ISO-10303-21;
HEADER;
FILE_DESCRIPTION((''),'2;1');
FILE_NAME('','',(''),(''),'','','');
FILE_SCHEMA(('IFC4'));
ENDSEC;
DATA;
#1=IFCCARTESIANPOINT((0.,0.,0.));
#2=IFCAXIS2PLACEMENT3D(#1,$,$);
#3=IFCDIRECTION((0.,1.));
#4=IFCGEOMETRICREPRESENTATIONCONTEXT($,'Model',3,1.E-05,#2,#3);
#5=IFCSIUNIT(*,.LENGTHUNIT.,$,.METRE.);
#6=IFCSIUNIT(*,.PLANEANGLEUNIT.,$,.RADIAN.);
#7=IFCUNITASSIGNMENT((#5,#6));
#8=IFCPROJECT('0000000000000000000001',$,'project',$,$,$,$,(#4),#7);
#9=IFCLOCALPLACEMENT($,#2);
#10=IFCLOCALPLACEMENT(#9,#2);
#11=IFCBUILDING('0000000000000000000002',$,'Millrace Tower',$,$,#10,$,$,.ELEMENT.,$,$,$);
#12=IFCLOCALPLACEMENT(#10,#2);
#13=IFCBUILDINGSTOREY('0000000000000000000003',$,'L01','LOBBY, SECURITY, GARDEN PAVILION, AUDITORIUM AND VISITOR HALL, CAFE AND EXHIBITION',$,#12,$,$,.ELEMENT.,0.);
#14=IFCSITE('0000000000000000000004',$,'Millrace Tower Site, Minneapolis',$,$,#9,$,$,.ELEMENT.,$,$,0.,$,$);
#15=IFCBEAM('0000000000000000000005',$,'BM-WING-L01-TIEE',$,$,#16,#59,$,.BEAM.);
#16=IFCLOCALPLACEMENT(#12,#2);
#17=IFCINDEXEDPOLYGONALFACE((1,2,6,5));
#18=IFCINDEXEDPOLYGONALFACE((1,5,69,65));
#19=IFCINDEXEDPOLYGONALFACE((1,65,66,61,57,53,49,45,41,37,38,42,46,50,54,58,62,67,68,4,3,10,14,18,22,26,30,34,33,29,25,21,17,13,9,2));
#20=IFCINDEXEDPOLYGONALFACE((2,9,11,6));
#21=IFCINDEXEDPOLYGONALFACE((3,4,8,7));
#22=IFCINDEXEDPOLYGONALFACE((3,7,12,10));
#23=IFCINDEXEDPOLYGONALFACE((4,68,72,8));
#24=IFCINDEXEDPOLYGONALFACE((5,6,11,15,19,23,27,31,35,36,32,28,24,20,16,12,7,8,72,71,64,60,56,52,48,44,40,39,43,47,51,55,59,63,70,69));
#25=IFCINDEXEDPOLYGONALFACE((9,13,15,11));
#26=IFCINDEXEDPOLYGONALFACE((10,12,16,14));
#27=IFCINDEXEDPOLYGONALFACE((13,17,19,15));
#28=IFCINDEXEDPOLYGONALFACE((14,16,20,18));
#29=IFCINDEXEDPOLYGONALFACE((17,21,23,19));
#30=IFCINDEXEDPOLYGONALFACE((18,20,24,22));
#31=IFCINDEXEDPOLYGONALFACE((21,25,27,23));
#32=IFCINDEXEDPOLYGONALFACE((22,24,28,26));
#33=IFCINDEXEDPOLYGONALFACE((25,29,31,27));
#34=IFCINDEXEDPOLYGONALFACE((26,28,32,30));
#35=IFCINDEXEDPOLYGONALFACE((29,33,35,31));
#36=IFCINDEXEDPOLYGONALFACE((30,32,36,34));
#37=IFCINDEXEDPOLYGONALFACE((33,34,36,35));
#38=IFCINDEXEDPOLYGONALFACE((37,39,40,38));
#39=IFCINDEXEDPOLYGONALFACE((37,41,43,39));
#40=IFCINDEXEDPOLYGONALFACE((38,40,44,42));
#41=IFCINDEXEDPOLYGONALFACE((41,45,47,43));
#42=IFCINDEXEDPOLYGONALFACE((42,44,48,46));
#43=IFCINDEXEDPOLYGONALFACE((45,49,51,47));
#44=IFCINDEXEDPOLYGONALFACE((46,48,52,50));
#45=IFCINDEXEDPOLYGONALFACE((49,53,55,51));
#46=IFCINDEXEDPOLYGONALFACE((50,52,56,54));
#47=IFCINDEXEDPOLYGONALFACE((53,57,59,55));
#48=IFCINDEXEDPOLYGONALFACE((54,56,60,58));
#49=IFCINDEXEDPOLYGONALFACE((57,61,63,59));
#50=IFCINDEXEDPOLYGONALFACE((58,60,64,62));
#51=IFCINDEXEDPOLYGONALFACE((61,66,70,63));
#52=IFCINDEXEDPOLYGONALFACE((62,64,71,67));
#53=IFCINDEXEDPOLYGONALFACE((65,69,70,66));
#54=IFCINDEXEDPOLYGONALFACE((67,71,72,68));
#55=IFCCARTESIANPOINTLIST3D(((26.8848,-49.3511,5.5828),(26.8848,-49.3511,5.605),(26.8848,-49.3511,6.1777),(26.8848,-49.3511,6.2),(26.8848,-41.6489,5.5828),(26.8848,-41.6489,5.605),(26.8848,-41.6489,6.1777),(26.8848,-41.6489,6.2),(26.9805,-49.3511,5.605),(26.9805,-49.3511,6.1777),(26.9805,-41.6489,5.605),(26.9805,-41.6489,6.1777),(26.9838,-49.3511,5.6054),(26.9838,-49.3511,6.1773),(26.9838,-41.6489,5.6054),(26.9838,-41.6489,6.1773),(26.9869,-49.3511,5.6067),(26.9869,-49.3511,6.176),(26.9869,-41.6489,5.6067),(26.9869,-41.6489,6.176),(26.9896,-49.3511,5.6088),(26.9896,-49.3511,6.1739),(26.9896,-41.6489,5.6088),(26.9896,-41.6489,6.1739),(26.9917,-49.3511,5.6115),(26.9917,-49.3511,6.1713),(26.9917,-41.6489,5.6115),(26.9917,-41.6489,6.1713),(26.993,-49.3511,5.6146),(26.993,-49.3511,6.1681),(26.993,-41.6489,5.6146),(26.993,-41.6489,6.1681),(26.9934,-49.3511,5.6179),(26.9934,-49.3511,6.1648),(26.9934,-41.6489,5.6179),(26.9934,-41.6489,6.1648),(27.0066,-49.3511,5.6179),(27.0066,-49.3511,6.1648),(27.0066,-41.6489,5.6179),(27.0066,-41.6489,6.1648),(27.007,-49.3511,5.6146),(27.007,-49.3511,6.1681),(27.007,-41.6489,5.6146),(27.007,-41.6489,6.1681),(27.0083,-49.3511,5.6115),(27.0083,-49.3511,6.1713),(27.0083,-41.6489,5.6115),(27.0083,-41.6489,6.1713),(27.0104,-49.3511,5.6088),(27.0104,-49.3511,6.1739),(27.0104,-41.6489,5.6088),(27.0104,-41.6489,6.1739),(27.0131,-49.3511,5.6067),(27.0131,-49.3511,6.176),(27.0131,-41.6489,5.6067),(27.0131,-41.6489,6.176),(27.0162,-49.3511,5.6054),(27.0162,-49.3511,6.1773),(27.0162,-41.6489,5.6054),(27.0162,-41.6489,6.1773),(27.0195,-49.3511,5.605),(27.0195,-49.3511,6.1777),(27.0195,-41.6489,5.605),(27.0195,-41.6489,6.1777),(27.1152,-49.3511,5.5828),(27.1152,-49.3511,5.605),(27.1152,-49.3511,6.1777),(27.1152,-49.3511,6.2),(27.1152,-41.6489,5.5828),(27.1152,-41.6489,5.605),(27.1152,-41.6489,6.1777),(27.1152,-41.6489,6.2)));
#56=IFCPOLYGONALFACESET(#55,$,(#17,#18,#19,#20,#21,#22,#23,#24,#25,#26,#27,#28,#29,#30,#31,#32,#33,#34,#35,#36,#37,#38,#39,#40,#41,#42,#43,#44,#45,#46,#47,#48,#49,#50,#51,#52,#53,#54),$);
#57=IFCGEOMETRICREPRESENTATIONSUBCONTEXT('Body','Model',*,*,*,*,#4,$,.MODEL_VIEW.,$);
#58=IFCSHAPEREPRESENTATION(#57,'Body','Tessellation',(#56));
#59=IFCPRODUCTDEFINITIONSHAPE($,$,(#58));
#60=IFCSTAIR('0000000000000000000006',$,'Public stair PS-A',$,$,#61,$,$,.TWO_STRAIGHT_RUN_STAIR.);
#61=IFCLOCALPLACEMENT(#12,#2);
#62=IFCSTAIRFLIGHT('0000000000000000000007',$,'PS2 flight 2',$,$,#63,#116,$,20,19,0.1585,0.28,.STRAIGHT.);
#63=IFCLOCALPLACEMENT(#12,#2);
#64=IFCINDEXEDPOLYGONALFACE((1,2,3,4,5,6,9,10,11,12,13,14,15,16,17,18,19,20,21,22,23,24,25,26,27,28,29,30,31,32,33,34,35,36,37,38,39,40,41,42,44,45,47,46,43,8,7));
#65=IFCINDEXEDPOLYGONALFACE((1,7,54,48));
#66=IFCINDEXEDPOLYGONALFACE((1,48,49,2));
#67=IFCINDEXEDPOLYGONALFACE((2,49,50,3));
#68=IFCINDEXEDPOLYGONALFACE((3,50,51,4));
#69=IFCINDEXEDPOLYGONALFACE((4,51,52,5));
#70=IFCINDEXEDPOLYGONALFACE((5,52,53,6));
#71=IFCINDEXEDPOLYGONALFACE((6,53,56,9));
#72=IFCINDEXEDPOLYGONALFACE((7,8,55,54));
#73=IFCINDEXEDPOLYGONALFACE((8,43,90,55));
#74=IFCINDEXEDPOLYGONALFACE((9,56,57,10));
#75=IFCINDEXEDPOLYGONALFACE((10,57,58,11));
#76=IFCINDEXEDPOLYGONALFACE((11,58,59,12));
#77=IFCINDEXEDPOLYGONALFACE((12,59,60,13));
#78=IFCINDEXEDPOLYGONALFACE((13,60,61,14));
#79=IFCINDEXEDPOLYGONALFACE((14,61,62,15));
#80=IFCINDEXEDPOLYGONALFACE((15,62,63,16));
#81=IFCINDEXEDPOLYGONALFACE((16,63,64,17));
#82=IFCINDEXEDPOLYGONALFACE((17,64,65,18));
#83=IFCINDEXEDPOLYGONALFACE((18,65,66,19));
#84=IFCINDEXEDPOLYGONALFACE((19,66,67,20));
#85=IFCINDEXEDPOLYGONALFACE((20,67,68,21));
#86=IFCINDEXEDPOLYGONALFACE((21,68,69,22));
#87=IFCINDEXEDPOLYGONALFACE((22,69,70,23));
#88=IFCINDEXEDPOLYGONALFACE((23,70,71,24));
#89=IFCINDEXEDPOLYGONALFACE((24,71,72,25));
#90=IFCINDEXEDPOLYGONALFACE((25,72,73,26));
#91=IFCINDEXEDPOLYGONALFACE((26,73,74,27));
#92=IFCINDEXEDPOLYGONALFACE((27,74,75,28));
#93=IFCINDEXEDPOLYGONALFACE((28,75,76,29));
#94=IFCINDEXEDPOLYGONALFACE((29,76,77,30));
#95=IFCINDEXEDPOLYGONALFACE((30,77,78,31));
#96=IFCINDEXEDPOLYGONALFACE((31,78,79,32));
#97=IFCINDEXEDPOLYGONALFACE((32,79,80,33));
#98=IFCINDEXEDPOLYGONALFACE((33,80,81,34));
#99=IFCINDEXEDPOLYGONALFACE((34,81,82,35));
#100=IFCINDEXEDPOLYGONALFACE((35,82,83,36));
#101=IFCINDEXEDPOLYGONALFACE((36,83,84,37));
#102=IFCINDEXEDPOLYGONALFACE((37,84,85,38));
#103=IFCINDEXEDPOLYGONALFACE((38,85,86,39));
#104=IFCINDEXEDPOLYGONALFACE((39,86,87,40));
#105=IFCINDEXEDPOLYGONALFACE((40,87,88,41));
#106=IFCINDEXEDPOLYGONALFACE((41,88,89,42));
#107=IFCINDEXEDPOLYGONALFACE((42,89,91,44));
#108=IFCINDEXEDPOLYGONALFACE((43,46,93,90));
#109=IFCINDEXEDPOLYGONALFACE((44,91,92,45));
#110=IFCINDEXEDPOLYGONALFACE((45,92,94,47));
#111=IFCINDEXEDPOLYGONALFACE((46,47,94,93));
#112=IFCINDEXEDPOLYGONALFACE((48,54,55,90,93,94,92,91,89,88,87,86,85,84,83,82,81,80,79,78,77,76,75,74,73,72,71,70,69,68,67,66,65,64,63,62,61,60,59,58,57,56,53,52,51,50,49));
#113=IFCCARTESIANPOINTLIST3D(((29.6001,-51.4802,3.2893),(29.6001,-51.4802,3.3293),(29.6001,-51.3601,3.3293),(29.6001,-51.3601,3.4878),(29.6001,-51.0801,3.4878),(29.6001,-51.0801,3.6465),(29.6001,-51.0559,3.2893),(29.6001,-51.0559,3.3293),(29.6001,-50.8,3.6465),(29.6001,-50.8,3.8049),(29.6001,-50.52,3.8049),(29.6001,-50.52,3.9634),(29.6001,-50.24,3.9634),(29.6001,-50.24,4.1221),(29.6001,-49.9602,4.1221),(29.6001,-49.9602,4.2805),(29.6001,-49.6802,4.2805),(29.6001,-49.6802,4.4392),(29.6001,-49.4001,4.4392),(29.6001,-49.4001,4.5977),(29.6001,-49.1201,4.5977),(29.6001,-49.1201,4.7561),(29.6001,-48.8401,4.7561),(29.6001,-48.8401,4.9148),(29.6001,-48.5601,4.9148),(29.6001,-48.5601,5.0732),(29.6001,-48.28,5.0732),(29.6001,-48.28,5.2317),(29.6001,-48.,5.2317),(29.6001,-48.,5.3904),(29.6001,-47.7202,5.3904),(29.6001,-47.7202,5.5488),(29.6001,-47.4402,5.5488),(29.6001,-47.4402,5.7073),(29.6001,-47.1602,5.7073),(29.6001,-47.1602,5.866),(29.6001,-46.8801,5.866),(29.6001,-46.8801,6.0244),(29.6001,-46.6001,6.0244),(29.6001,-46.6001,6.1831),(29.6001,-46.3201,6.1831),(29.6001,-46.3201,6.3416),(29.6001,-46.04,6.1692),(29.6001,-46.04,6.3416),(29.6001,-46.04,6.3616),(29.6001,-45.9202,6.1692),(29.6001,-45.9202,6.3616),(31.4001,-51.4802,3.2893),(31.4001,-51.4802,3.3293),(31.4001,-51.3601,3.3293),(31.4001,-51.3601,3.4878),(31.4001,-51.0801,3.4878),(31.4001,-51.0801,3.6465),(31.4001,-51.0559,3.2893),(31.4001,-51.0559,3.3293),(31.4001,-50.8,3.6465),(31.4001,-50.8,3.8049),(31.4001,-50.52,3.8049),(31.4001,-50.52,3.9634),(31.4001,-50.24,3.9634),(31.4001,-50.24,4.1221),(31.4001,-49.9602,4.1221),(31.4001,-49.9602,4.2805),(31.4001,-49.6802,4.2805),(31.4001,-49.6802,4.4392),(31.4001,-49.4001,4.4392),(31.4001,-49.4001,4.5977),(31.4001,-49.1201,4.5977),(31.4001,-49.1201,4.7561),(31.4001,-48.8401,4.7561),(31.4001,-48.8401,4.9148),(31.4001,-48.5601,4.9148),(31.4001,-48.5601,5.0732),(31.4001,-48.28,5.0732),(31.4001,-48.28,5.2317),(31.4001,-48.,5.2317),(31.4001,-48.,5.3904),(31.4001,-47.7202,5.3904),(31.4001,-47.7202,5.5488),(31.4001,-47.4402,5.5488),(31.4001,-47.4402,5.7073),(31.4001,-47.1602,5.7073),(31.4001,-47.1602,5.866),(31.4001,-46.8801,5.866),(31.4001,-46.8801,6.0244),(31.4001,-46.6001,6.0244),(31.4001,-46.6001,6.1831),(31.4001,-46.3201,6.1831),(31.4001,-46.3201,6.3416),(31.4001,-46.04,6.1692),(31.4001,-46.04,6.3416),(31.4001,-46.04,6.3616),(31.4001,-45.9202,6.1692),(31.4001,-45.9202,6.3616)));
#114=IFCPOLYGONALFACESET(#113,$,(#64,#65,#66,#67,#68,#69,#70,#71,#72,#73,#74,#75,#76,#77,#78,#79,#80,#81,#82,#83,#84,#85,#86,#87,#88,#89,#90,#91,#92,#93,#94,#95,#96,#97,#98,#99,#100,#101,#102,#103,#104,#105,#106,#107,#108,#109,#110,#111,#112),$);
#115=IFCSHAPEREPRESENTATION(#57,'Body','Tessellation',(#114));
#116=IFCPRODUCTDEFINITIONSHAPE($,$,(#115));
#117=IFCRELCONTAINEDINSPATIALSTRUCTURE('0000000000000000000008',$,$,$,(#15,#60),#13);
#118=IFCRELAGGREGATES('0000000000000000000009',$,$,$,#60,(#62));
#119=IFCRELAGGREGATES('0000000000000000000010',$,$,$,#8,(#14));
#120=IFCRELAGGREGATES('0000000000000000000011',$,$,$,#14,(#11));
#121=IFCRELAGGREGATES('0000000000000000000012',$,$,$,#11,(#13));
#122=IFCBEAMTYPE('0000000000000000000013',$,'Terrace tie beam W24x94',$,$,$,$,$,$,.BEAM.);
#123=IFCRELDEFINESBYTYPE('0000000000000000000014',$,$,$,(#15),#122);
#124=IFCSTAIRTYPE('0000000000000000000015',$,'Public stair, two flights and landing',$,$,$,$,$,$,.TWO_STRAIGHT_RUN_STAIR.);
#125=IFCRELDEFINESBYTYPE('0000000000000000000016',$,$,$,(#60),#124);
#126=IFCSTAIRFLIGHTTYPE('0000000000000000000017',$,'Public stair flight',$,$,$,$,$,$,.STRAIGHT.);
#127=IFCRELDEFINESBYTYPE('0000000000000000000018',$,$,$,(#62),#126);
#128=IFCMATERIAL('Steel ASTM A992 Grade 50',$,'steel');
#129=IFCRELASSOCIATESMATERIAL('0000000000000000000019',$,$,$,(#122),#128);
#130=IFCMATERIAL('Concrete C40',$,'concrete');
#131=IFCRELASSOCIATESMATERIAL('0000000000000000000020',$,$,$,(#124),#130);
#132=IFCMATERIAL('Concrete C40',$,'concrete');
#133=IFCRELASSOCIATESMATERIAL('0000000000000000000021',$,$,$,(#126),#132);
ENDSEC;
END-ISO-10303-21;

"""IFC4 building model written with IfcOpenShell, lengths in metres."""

from ifc_helpers import new_model, si_unit, direction, frame, origin, origin_2d, place, context, subcontext, project, spatial, polyline, i_section, outline, extrude, material, material_profile, profile_set, type_object, element, aggregate, save


model = new_model("IFC4")

# Units and contexts
model_context = context("Model", 3, precision=1e-05, world=origin(), true_north=direction((0.0, 1.0)))
body_context = subcontext(model_context, "Body", "Model", "MODEL_VIEW")
ifc_project = project(units=[si_unit("LENGTHUNIT", "METRE"), si_unit("PLANEANGLEUNIT", "RADIAN")], contexts=[model_context])

# Site, building, storey
site_placement = place(None, origin())
site = spatial("IfcSite", under=ifc_project, at=site_placement, Name="Millrace Tower Site, Minneapolis", CompositionType="ELEMENT", RefElevation=0.0)
building_placement = place(site_placement, origin())
building = spatial("IfcBuilding", under=site, at=building_placement, Name="Millrace Tower", CompositionType="ELEMENT")
storey_placement = place(building_placement, origin())
storey = spatial("IfcBuildingStorey", under=building, at=storey_placement, Name="L01", Description="LOBBY, SECURITY, GARDEN PAVILION, AUDITORIUM AND VISITOR HALL, CAFE AND EXHIBITION", CompositionType="ELEMENT", Elevation=0.0)

# Beam
ifc_material_1 = material(Name="Steel ASTM A992 Grade 50", Category="steel")
ifc_material_profile_1 = material_profile(ifc_material_1, i_section(OverallWidth=0.2305, OverallDepth=0.6172, WebThickness=0.0132, FlangeThickness=0.0222, FilletRadius=0.0129, at=origin_2d()))
ifc_profile_set_1 = profile_set([ifc_material_profile_1], Name="Steel ASTM A992 Grade 50")
beam_type = type_object("IfcBeamType", Name="Terrace tie beam W24x94", PredefinedType="BEAM", material=ifc_profile_set_1)
beam_placement = place(storey_placement, frame((27.0, -49.3511, 5.8914), z_axis=(0.0, 1.0, 0.0), x_axis=(-1.0, 0.0, 0.0)))
element("IfcBeam", 1, at=beam_placement, inside=storey, type_object=beam_type, Name="BM-WING-L01-TIEE", PredefinedType="BEAM", context=body_context, shape_type="SweptSolid", body=[
    extrude(i_section(OverallWidth=0.2305, OverallDepth=0.6172, WebThickness=0.0132, FlangeThickness=0.0222, FilletRadius=0.0129, at=origin_2d()), origin(), (0.0, 0.0, 1.0), 7.7021),
])

# Stair, stair flight
ifc_material_2 = material(Name="Concrete C40", Category="concrete")
stair_type = type_object("IfcStairType", Name="Public stair, two flights and landing", PredefinedType="TWO_STRAIGHT_RUN_STAIR", material=ifc_material_2)
stair_placement = place(storey_placement, origin())
stair = element("IfcStair", 2, at=stair_placement, inside=storey, type_object=stair_type, Name="Public stair PS-A", PredefinedType="TWO_STRAIGHT_RUN_STAIR")
ifc_material_3 = material(Name="Concrete C40", Category="concrete")
stair_flight_type = type_object("IfcStairFlightType", Name="Public stair flight", PredefinedType="STRAIGHT", material=ifc_material_3)
stair_flight_placement = place(storey_placement, frame((30.5, -51.3601, 3.3293), z_axis=(0.0, 0.0, 1.0), x_axis=(0.0, 1.0, 0.0)))
stair_flight = element("IfcStairFlight", 3, at=stair_flight_placement, type_object=stair_flight_type, Name="PS2 flight 2", NumberOfRisers=20, NumberOfTreads=19, PredefinedType="STRAIGHT", RiserHeight=0.1585, TreadLength=0.28, context=body_context, shape_type="SweptSolid", body=[
    extrude(outline(polyline([(-0.1201, -0.04), (-0.1201, 0.0), (0.0, 0.0), (0.0, 0.1584), (0.28, 0.1584), (0.28, 0.3171), (0.5601, 0.3171), (0.5601, 0.4756), (0.8401, 0.4756), (0.8401, 0.634), (1.1201, 0.634), (1.1201, 0.7927), (1.3999, 0.7927), (1.3999, 0.9512), (1.6799, 0.9512), (1.6799, 1.1099), (1.96, 1.1099), (1.96, 1.2683), (2.24, 1.2683), (2.24, 1.4268), (2.52, 1.4268), (2.52, 1.5854), (2.8, 1.5854), (2.8, 1.7439), (3.0801, 1.7439), (3.0801, 1.9023), (3.3601, 1.9023), (3.3601, 2.061), (3.6399, 2.061), (3.6399, 2.2195), (3.9199, 2.2195), (3.9199, 2.3779), (4.2, 2.3779), (4.2, 2.5366), (4.48, 2.5366), (4.48, 2.6951), (4.76, 2.6951), (4.76, 2.8538), (5.04, 2.8538), (5.04, 3.0122), (5.3201, 3.0122), (5.3201, 3.0322), (5.4399, 3.0322), (5.4399, 2.8398), (5.3201, 2.8398), (0.3042, 0.0), (0.3042, -0.04), (-0.1201, -0.04)])), frame((0.0, 0.8999, 0.0), z_axis=(0.0, -1.0, 0.0), x_axis=(1.0, 0.0, 0.0)), (0.0, 0.0, 1.0), 1.8),
])
aggregate(stair, [stair_flight])

save(model, "model.ifc")
